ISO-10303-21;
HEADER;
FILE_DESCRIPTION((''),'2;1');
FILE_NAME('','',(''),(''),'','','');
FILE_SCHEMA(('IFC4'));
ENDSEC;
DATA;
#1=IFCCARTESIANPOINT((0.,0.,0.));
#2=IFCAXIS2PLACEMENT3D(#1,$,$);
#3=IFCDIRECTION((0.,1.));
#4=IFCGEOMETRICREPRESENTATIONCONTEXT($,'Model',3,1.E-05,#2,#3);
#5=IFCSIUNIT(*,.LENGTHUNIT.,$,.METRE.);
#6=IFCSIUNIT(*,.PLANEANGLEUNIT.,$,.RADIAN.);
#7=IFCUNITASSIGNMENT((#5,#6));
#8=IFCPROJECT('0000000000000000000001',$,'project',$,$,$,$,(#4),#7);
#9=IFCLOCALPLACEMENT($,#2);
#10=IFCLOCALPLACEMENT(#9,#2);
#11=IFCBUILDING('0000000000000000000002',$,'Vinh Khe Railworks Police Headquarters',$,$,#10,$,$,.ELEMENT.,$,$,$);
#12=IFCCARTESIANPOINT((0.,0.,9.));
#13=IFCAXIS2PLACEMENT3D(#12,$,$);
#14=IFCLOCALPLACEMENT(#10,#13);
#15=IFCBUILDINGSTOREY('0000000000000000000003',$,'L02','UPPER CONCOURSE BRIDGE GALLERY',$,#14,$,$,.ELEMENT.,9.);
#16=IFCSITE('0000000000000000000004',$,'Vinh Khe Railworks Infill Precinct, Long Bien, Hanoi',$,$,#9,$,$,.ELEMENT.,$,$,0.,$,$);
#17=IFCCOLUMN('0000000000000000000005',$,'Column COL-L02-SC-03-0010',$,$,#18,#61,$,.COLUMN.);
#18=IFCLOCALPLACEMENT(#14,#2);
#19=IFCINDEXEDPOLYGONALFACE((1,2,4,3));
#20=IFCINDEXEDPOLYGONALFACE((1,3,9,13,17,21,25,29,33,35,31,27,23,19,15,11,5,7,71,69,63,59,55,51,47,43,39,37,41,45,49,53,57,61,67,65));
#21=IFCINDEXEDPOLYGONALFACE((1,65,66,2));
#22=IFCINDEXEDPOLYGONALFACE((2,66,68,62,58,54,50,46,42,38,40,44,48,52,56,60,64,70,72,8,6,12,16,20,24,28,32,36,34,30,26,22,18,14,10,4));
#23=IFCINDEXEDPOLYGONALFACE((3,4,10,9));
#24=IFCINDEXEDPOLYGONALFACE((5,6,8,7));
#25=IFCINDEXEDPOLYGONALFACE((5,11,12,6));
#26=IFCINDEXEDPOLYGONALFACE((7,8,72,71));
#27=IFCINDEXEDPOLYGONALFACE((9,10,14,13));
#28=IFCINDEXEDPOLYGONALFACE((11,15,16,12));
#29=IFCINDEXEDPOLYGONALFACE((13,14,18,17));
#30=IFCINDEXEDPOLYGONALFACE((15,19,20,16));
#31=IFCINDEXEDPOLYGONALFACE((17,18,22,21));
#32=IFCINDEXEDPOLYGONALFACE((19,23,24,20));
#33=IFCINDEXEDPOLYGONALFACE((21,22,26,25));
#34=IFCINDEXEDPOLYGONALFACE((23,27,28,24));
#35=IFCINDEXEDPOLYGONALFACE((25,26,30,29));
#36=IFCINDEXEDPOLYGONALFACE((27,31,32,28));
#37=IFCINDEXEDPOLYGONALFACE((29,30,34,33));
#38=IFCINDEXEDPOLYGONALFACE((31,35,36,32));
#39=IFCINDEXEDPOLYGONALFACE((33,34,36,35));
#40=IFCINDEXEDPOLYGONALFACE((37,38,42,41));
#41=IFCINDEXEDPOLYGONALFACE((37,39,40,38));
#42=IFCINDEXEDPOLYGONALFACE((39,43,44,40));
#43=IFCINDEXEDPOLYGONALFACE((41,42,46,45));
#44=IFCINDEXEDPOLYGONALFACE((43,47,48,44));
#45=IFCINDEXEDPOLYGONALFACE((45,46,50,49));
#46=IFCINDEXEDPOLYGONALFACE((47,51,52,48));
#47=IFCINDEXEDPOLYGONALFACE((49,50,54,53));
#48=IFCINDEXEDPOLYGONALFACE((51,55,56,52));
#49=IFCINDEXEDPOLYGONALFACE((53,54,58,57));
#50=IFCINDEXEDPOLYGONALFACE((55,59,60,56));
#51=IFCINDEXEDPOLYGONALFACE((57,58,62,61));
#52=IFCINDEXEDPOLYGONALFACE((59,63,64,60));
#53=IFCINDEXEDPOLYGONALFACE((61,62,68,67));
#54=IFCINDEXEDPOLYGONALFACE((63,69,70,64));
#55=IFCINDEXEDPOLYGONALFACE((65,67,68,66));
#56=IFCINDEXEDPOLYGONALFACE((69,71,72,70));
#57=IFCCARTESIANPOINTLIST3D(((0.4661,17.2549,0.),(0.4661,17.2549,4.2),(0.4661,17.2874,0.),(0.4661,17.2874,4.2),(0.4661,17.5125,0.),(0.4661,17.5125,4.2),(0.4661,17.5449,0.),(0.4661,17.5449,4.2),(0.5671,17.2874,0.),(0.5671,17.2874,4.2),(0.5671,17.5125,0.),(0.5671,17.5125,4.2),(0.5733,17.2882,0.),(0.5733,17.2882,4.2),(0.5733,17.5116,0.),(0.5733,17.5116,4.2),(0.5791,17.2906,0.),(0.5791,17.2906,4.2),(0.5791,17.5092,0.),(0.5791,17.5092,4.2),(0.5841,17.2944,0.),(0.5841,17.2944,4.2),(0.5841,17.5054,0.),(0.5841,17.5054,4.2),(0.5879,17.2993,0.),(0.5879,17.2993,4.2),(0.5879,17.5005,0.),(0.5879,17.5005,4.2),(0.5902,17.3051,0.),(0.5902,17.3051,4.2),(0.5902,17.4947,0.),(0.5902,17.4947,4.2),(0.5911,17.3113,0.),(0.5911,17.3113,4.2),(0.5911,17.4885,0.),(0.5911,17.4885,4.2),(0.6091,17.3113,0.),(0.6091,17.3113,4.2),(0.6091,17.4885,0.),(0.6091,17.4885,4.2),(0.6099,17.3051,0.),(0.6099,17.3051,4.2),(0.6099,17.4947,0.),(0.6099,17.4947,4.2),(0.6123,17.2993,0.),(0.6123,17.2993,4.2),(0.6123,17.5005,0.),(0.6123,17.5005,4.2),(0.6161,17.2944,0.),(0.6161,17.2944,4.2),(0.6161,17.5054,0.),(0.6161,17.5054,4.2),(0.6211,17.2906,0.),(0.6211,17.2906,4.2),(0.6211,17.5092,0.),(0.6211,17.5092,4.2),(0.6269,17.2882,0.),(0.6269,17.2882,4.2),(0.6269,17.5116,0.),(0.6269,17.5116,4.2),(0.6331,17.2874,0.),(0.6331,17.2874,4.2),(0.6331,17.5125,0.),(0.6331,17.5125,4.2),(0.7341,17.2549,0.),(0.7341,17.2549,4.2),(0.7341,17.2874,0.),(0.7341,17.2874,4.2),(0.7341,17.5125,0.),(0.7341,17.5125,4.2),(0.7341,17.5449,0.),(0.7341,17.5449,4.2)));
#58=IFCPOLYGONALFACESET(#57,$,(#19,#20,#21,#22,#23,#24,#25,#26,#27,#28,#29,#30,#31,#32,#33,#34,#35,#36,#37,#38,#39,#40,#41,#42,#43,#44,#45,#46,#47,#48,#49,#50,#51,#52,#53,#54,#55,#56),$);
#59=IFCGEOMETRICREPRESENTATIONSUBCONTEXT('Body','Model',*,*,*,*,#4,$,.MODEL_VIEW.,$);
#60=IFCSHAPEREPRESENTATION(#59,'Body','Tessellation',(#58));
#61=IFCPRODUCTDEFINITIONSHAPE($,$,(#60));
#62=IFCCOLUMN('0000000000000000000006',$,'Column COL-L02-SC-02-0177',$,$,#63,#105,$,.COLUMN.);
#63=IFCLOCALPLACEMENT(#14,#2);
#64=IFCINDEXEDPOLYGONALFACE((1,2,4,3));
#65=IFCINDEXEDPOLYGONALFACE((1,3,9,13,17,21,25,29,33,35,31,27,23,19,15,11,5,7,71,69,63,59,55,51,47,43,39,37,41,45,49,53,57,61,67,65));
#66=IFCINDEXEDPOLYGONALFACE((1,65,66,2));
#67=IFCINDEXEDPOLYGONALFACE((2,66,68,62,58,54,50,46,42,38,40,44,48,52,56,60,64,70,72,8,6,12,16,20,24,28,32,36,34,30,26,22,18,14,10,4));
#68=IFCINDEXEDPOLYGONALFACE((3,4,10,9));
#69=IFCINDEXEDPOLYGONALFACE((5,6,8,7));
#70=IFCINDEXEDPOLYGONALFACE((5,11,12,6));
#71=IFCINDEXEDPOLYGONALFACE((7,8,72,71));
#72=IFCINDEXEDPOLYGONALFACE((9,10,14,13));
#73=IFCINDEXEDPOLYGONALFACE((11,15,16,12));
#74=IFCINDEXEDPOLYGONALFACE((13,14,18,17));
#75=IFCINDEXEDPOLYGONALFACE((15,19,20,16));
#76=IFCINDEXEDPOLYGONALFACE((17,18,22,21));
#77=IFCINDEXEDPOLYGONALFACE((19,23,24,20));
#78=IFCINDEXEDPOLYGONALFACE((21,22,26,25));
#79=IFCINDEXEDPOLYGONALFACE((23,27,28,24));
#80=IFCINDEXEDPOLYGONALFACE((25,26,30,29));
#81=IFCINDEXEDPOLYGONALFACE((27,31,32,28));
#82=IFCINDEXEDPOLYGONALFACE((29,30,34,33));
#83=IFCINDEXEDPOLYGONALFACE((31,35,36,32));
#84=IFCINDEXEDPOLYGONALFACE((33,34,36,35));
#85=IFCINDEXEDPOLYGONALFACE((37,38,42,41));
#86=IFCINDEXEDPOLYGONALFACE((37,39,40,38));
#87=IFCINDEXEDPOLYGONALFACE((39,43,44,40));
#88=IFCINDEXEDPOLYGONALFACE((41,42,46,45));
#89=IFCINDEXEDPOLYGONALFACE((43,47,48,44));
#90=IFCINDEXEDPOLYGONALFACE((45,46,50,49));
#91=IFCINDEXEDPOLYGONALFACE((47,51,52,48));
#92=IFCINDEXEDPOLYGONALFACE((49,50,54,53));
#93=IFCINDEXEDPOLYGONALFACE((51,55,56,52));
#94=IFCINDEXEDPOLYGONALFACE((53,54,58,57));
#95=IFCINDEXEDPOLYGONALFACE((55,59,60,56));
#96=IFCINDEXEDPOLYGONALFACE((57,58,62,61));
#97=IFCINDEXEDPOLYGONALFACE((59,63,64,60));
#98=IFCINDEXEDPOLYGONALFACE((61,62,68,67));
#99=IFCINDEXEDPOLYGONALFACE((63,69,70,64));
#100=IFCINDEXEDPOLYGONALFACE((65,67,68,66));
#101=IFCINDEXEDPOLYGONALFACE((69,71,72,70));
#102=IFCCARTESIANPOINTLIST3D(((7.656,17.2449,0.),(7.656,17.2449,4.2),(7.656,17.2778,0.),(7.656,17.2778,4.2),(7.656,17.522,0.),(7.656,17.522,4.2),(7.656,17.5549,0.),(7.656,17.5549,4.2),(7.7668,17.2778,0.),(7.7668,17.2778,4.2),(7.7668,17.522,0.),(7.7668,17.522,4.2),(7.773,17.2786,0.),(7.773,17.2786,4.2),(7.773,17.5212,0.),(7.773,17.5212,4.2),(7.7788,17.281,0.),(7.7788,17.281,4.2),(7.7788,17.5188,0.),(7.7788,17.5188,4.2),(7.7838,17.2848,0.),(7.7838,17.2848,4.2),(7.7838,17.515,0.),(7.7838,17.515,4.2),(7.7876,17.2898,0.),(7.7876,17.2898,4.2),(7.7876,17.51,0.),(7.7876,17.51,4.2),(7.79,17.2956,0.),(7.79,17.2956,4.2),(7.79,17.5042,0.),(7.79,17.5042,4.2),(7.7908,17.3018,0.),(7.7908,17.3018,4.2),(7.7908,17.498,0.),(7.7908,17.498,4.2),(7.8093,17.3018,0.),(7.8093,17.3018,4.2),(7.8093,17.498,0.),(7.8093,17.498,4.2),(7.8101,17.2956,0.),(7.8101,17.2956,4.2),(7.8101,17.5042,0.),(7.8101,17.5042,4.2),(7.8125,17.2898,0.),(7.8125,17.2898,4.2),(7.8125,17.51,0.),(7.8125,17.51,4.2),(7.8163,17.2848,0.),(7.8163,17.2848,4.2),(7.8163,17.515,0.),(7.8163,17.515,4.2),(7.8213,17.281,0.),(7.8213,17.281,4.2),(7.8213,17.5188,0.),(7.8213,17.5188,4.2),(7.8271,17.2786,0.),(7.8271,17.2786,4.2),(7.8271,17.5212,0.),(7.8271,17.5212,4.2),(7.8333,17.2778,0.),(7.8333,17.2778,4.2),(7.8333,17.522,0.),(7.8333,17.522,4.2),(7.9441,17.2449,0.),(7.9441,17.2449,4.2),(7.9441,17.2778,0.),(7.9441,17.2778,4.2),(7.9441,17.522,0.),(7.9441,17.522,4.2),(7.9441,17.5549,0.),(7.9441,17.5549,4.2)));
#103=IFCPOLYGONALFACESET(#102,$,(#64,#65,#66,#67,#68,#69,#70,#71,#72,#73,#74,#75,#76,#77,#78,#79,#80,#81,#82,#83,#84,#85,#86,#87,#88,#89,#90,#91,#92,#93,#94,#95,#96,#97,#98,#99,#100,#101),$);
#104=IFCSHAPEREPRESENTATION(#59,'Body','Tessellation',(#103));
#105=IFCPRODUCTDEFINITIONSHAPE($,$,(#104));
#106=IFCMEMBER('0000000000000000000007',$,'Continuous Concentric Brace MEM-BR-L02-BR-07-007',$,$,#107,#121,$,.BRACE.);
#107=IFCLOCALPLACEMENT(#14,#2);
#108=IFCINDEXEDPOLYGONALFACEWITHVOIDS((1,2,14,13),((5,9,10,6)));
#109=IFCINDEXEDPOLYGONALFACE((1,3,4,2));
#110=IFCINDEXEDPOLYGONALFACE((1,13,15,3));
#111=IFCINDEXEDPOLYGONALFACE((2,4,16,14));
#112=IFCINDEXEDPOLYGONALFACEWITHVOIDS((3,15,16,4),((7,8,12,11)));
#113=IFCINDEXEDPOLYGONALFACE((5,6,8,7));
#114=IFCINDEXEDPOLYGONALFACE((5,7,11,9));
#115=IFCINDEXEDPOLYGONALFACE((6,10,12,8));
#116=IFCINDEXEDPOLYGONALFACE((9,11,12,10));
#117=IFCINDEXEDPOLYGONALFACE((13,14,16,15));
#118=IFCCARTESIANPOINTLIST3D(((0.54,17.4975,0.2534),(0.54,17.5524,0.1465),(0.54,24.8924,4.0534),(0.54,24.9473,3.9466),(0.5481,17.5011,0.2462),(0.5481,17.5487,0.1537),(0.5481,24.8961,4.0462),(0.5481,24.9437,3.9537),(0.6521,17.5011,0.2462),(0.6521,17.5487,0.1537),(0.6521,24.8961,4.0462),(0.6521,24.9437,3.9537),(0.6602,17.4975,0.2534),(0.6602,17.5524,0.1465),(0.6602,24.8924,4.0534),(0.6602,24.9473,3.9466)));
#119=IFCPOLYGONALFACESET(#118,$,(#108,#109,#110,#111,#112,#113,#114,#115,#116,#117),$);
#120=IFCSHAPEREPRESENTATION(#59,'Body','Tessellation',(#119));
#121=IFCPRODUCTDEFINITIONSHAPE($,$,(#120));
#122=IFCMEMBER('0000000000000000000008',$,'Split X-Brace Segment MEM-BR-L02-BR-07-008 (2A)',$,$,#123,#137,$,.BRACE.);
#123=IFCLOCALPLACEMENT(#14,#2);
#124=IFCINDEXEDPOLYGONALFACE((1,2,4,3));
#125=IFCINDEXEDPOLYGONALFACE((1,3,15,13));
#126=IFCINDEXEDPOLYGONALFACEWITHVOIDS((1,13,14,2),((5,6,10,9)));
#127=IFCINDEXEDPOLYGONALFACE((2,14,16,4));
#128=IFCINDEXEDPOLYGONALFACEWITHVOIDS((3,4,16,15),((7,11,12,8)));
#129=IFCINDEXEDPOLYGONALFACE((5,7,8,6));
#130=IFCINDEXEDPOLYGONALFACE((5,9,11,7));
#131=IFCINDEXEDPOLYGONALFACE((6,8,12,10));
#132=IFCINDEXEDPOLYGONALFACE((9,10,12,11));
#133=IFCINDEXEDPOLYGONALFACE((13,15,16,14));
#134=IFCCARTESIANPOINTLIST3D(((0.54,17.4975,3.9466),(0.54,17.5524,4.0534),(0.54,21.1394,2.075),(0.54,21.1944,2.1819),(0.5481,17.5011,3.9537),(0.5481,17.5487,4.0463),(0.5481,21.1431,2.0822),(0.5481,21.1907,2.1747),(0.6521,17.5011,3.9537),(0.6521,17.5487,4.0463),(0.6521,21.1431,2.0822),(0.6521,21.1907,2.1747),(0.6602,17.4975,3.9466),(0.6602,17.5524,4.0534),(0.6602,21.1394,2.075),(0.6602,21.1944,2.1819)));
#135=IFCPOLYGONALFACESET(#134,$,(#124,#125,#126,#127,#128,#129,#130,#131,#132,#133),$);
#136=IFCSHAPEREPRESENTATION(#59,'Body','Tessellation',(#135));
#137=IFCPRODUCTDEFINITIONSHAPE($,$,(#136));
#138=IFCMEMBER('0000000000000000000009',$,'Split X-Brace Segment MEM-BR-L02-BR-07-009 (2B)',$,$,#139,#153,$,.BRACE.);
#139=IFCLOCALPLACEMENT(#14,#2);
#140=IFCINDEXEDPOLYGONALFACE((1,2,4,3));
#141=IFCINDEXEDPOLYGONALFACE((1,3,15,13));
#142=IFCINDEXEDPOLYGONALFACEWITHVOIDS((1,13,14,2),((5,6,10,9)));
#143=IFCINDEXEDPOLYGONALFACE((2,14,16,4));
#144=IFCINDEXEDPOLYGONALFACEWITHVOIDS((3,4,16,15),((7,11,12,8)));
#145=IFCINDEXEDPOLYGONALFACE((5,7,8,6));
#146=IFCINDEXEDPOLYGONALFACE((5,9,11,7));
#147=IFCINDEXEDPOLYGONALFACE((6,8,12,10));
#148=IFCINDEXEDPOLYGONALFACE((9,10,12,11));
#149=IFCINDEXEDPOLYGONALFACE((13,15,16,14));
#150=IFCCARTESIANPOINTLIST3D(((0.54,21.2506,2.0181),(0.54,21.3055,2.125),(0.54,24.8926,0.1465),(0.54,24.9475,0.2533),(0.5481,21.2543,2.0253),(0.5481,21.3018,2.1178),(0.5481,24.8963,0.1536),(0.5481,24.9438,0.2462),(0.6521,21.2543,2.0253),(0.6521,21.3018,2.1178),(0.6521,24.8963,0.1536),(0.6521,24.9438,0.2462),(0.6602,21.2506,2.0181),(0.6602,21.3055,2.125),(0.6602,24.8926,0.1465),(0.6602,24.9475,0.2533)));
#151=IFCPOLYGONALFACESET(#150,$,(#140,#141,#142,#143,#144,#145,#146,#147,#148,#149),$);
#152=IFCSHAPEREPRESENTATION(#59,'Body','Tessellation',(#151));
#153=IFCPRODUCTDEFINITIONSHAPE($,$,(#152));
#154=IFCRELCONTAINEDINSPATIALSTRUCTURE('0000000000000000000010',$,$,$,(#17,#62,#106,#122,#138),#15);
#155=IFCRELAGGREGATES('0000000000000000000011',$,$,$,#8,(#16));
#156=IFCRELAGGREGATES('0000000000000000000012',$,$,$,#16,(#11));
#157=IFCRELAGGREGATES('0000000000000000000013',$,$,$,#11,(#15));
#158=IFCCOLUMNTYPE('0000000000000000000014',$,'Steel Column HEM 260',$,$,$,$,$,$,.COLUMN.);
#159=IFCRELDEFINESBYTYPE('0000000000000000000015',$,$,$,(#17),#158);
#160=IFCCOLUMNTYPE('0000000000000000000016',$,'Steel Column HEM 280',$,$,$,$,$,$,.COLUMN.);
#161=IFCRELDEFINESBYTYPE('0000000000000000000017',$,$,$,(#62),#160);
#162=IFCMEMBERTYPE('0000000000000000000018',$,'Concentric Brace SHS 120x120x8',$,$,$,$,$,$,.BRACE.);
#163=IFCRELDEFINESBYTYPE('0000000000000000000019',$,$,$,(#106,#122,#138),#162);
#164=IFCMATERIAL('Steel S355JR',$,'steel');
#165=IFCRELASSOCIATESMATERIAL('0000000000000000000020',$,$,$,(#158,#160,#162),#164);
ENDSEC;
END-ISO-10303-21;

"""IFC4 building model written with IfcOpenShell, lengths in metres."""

from ifc_helpers import new_model, si_unit, direction, frame, origin, origin_2d, place, context, subcontext, project, spatial, hollow_rectangle, i_section, extrude, material, material_profile, profile_set, type_object, element, save


model = new_model("IFC4")

# Units and contexts
model_context = context("Model", 3, precision=1e-05, world=origin(), true_north=direction((0.0, 1.0)))
body_context = subcontext(model_context, "Body", "Model", "MODEL_VIEW")
ifc_project = project(units=[si_unit("LENGTHUNIT", "METRE"), si_unit("PLANEANGLEUNIT", "RADIAN")], contexts=[model_context])

# Site, building, storey
site_placement = place(None, origin())
site = spatial("IfcSite", under=ifc_project, at=site_placement, Name="Vinh Khe Railworks Infill Precinct, Long Bien, Hanoi", CompositionType="ELEMENT", RefElevation=0.0)
building_placement = place(site_placement, origin())
building = spatial("IfcBuilding", under=site, at=building_placement, Name="Vinh Khe Railworks Police Headquarters", CompositionType="ELEMENT")
storey_placement = place(building_placement, frame((0.0, 0.0, 9.0)))
storey = spatial("IfcBuildingStorey", under=building, at=storey_placement, Name="L02", Description="UPPER CONCOURSE BRIDGE GALLERY", CompositionType="ELEMENT", Elevation=9.0)

# Columns
ifc_material_1 = material(Name="Steel S355JR", Category="steel")
ifc_material_profile_1 = material_profile(ifc_material_1, i_section(OverallWidth=0.2681, OverallDepth=0.29, WebThickness=0.0181, FlangeThickness=0.0325, FilletRadius=0.0239, at=origin_2d()), Name="HEM 260")
ifc_profile_set_1 = profile_set([ifc_material_profile_1], Name="Steel S355JR")
column_type_1 = type_object("IfcColumnType", Name="Steel Column HEM 260", PredefinedType="COLUMN", material=ifc_profile_set_1)
column_1_placement = place(storey_placement, frame((0.6001, 17.3999, 0.0), z_axis=(0.0, 0.0, 1.0), x_axis=(1.0, 0.0, 0.0)))
element("IfcColumn", 1, at=column_1_placement, inside=storey, type_object=column_type_1, Name="Column COL-L02-SC-03-0010", PredefinedType="COLUMN", context=body_context, shape_type="SweptSolid", body=[
    extrude(i_section(OverallWidth=0.2681, OverallDepth=0.29, WebThickness=0.0181, FlangeThickness=0.0325, FilletRadius=0.0239, at=origin_2d()), origin(), (0.0, 0.0, 1.0), 4.2),
])
ifc_material_profile_2 = material_profile(ifc_material_1, i_section(OverallWidth=0.2881, OverallDepth=0.3101, WebThickness=0.0186, FlangeThickness=0.033, FilletRadius=0.0239, at=origin_2d()), Name="HEM 280")
ifc_profile_set_2 = profile_set([ifc_material_profile_2], Name="Steel S355JR")
column_type_2 = type_object("IfcColumnType", Name="Steel Column HEM 280", PredefinedType="COLUMN", material=ifc_profile_set_2)
column_2_placement = place(storey_placement, frame((7.8, 17.3999, 0.0), z_axis=(0.0, 0.0, 1.0), x_axis=(1.0, 0.0, 0.0)))
element("IfcColumn", 2, at=column_2_placement, inside=storey, type_object=column_type_2, Name="Column COL-L02-SC-02-0177", PredefinedType="COLUMN", context=body_context, shape_type="SweptSolid", body=[
    extrude(i_section(OverallWidth=0.2881, OverallDepth=0.3101, WebThickness=0.0186, FlangeThickness=0.033, FilletRadius=0.0239, at=origin_2d()), origin(), (0.0, 0.0, 1.0), 4.2),
])

# Members
ifc_material_profile_3 = material_profile(ifc_material_1, hollow_rectangle(XDim=0.1201, YDim=0.1201, WallThickness=0.0081, at=origin_2d()), Name="SHS 120x120x8")
ifc_profile_set_3 = profile_set([ifc_material_profile_3], Name="Steel S355JR")
member_type = type_object("IfcMemberType", Name="Concentric Brace SHS 120x120x8", PredefinedType="BRACE", material=ifc_profile_set_3)
member_placement = place(storey_placement, frame((0.6001, 17.5249, 0.2), z_axis=(0.0, 0.88944, 0.457053), x_axis=(-1.0, 0.0, 0.0)))
element("IfcMember", 3, at=member_placement, inside=storey, type_object=member_type, Name="Continuous Concentric Brace MEM-BR-L02-BR-07-007", PredefinedType="BRACE", context=body_context, shape_type="SweptSolid", body=[
    extrude(hollow_rectangle(XDim=0.1201, YDim=0.1201, WallThickness=0.0081, at=origin_2d()), origin(), (0.0, 0.0, 1.0), 8.3142),
])
for number, where, z_axis, x_axis, name in (
    (4, (0.6001, 17.5249, 4.0), (0.0, 0.889436, -0.45706), (-1.0, 0.0, 0.0), "Split X-Brace Segment MEM-BR-L02-BR-07-008 (2A)"),
    (5, (0.6001, 21.2781, 2.0715), (0.0, 0.889424, -0.457084), (-1.0, 0.0, 0.0), "Split X-Brace Segment MEM-BR-L02-BR-07-009 (2B)"),
):
    element("IfcMember", number, at=place(storey_placement, frame(where, z_axis=z_axis, x_axis=x_axis)), inside=storey, type_object=member_type, Name=name, PredefinedType="BRACE", context=body_context, shape_type="SweptSolid", body=[
        extrude(hollow_rectangle(XDim=0.1201, YDim=0.1201, WallThickness=0.0081, at=origin_2d()), origin(), (0.0, 0.0, 1.0), 4.0947),
    ])

save(model, "model.ifc")
